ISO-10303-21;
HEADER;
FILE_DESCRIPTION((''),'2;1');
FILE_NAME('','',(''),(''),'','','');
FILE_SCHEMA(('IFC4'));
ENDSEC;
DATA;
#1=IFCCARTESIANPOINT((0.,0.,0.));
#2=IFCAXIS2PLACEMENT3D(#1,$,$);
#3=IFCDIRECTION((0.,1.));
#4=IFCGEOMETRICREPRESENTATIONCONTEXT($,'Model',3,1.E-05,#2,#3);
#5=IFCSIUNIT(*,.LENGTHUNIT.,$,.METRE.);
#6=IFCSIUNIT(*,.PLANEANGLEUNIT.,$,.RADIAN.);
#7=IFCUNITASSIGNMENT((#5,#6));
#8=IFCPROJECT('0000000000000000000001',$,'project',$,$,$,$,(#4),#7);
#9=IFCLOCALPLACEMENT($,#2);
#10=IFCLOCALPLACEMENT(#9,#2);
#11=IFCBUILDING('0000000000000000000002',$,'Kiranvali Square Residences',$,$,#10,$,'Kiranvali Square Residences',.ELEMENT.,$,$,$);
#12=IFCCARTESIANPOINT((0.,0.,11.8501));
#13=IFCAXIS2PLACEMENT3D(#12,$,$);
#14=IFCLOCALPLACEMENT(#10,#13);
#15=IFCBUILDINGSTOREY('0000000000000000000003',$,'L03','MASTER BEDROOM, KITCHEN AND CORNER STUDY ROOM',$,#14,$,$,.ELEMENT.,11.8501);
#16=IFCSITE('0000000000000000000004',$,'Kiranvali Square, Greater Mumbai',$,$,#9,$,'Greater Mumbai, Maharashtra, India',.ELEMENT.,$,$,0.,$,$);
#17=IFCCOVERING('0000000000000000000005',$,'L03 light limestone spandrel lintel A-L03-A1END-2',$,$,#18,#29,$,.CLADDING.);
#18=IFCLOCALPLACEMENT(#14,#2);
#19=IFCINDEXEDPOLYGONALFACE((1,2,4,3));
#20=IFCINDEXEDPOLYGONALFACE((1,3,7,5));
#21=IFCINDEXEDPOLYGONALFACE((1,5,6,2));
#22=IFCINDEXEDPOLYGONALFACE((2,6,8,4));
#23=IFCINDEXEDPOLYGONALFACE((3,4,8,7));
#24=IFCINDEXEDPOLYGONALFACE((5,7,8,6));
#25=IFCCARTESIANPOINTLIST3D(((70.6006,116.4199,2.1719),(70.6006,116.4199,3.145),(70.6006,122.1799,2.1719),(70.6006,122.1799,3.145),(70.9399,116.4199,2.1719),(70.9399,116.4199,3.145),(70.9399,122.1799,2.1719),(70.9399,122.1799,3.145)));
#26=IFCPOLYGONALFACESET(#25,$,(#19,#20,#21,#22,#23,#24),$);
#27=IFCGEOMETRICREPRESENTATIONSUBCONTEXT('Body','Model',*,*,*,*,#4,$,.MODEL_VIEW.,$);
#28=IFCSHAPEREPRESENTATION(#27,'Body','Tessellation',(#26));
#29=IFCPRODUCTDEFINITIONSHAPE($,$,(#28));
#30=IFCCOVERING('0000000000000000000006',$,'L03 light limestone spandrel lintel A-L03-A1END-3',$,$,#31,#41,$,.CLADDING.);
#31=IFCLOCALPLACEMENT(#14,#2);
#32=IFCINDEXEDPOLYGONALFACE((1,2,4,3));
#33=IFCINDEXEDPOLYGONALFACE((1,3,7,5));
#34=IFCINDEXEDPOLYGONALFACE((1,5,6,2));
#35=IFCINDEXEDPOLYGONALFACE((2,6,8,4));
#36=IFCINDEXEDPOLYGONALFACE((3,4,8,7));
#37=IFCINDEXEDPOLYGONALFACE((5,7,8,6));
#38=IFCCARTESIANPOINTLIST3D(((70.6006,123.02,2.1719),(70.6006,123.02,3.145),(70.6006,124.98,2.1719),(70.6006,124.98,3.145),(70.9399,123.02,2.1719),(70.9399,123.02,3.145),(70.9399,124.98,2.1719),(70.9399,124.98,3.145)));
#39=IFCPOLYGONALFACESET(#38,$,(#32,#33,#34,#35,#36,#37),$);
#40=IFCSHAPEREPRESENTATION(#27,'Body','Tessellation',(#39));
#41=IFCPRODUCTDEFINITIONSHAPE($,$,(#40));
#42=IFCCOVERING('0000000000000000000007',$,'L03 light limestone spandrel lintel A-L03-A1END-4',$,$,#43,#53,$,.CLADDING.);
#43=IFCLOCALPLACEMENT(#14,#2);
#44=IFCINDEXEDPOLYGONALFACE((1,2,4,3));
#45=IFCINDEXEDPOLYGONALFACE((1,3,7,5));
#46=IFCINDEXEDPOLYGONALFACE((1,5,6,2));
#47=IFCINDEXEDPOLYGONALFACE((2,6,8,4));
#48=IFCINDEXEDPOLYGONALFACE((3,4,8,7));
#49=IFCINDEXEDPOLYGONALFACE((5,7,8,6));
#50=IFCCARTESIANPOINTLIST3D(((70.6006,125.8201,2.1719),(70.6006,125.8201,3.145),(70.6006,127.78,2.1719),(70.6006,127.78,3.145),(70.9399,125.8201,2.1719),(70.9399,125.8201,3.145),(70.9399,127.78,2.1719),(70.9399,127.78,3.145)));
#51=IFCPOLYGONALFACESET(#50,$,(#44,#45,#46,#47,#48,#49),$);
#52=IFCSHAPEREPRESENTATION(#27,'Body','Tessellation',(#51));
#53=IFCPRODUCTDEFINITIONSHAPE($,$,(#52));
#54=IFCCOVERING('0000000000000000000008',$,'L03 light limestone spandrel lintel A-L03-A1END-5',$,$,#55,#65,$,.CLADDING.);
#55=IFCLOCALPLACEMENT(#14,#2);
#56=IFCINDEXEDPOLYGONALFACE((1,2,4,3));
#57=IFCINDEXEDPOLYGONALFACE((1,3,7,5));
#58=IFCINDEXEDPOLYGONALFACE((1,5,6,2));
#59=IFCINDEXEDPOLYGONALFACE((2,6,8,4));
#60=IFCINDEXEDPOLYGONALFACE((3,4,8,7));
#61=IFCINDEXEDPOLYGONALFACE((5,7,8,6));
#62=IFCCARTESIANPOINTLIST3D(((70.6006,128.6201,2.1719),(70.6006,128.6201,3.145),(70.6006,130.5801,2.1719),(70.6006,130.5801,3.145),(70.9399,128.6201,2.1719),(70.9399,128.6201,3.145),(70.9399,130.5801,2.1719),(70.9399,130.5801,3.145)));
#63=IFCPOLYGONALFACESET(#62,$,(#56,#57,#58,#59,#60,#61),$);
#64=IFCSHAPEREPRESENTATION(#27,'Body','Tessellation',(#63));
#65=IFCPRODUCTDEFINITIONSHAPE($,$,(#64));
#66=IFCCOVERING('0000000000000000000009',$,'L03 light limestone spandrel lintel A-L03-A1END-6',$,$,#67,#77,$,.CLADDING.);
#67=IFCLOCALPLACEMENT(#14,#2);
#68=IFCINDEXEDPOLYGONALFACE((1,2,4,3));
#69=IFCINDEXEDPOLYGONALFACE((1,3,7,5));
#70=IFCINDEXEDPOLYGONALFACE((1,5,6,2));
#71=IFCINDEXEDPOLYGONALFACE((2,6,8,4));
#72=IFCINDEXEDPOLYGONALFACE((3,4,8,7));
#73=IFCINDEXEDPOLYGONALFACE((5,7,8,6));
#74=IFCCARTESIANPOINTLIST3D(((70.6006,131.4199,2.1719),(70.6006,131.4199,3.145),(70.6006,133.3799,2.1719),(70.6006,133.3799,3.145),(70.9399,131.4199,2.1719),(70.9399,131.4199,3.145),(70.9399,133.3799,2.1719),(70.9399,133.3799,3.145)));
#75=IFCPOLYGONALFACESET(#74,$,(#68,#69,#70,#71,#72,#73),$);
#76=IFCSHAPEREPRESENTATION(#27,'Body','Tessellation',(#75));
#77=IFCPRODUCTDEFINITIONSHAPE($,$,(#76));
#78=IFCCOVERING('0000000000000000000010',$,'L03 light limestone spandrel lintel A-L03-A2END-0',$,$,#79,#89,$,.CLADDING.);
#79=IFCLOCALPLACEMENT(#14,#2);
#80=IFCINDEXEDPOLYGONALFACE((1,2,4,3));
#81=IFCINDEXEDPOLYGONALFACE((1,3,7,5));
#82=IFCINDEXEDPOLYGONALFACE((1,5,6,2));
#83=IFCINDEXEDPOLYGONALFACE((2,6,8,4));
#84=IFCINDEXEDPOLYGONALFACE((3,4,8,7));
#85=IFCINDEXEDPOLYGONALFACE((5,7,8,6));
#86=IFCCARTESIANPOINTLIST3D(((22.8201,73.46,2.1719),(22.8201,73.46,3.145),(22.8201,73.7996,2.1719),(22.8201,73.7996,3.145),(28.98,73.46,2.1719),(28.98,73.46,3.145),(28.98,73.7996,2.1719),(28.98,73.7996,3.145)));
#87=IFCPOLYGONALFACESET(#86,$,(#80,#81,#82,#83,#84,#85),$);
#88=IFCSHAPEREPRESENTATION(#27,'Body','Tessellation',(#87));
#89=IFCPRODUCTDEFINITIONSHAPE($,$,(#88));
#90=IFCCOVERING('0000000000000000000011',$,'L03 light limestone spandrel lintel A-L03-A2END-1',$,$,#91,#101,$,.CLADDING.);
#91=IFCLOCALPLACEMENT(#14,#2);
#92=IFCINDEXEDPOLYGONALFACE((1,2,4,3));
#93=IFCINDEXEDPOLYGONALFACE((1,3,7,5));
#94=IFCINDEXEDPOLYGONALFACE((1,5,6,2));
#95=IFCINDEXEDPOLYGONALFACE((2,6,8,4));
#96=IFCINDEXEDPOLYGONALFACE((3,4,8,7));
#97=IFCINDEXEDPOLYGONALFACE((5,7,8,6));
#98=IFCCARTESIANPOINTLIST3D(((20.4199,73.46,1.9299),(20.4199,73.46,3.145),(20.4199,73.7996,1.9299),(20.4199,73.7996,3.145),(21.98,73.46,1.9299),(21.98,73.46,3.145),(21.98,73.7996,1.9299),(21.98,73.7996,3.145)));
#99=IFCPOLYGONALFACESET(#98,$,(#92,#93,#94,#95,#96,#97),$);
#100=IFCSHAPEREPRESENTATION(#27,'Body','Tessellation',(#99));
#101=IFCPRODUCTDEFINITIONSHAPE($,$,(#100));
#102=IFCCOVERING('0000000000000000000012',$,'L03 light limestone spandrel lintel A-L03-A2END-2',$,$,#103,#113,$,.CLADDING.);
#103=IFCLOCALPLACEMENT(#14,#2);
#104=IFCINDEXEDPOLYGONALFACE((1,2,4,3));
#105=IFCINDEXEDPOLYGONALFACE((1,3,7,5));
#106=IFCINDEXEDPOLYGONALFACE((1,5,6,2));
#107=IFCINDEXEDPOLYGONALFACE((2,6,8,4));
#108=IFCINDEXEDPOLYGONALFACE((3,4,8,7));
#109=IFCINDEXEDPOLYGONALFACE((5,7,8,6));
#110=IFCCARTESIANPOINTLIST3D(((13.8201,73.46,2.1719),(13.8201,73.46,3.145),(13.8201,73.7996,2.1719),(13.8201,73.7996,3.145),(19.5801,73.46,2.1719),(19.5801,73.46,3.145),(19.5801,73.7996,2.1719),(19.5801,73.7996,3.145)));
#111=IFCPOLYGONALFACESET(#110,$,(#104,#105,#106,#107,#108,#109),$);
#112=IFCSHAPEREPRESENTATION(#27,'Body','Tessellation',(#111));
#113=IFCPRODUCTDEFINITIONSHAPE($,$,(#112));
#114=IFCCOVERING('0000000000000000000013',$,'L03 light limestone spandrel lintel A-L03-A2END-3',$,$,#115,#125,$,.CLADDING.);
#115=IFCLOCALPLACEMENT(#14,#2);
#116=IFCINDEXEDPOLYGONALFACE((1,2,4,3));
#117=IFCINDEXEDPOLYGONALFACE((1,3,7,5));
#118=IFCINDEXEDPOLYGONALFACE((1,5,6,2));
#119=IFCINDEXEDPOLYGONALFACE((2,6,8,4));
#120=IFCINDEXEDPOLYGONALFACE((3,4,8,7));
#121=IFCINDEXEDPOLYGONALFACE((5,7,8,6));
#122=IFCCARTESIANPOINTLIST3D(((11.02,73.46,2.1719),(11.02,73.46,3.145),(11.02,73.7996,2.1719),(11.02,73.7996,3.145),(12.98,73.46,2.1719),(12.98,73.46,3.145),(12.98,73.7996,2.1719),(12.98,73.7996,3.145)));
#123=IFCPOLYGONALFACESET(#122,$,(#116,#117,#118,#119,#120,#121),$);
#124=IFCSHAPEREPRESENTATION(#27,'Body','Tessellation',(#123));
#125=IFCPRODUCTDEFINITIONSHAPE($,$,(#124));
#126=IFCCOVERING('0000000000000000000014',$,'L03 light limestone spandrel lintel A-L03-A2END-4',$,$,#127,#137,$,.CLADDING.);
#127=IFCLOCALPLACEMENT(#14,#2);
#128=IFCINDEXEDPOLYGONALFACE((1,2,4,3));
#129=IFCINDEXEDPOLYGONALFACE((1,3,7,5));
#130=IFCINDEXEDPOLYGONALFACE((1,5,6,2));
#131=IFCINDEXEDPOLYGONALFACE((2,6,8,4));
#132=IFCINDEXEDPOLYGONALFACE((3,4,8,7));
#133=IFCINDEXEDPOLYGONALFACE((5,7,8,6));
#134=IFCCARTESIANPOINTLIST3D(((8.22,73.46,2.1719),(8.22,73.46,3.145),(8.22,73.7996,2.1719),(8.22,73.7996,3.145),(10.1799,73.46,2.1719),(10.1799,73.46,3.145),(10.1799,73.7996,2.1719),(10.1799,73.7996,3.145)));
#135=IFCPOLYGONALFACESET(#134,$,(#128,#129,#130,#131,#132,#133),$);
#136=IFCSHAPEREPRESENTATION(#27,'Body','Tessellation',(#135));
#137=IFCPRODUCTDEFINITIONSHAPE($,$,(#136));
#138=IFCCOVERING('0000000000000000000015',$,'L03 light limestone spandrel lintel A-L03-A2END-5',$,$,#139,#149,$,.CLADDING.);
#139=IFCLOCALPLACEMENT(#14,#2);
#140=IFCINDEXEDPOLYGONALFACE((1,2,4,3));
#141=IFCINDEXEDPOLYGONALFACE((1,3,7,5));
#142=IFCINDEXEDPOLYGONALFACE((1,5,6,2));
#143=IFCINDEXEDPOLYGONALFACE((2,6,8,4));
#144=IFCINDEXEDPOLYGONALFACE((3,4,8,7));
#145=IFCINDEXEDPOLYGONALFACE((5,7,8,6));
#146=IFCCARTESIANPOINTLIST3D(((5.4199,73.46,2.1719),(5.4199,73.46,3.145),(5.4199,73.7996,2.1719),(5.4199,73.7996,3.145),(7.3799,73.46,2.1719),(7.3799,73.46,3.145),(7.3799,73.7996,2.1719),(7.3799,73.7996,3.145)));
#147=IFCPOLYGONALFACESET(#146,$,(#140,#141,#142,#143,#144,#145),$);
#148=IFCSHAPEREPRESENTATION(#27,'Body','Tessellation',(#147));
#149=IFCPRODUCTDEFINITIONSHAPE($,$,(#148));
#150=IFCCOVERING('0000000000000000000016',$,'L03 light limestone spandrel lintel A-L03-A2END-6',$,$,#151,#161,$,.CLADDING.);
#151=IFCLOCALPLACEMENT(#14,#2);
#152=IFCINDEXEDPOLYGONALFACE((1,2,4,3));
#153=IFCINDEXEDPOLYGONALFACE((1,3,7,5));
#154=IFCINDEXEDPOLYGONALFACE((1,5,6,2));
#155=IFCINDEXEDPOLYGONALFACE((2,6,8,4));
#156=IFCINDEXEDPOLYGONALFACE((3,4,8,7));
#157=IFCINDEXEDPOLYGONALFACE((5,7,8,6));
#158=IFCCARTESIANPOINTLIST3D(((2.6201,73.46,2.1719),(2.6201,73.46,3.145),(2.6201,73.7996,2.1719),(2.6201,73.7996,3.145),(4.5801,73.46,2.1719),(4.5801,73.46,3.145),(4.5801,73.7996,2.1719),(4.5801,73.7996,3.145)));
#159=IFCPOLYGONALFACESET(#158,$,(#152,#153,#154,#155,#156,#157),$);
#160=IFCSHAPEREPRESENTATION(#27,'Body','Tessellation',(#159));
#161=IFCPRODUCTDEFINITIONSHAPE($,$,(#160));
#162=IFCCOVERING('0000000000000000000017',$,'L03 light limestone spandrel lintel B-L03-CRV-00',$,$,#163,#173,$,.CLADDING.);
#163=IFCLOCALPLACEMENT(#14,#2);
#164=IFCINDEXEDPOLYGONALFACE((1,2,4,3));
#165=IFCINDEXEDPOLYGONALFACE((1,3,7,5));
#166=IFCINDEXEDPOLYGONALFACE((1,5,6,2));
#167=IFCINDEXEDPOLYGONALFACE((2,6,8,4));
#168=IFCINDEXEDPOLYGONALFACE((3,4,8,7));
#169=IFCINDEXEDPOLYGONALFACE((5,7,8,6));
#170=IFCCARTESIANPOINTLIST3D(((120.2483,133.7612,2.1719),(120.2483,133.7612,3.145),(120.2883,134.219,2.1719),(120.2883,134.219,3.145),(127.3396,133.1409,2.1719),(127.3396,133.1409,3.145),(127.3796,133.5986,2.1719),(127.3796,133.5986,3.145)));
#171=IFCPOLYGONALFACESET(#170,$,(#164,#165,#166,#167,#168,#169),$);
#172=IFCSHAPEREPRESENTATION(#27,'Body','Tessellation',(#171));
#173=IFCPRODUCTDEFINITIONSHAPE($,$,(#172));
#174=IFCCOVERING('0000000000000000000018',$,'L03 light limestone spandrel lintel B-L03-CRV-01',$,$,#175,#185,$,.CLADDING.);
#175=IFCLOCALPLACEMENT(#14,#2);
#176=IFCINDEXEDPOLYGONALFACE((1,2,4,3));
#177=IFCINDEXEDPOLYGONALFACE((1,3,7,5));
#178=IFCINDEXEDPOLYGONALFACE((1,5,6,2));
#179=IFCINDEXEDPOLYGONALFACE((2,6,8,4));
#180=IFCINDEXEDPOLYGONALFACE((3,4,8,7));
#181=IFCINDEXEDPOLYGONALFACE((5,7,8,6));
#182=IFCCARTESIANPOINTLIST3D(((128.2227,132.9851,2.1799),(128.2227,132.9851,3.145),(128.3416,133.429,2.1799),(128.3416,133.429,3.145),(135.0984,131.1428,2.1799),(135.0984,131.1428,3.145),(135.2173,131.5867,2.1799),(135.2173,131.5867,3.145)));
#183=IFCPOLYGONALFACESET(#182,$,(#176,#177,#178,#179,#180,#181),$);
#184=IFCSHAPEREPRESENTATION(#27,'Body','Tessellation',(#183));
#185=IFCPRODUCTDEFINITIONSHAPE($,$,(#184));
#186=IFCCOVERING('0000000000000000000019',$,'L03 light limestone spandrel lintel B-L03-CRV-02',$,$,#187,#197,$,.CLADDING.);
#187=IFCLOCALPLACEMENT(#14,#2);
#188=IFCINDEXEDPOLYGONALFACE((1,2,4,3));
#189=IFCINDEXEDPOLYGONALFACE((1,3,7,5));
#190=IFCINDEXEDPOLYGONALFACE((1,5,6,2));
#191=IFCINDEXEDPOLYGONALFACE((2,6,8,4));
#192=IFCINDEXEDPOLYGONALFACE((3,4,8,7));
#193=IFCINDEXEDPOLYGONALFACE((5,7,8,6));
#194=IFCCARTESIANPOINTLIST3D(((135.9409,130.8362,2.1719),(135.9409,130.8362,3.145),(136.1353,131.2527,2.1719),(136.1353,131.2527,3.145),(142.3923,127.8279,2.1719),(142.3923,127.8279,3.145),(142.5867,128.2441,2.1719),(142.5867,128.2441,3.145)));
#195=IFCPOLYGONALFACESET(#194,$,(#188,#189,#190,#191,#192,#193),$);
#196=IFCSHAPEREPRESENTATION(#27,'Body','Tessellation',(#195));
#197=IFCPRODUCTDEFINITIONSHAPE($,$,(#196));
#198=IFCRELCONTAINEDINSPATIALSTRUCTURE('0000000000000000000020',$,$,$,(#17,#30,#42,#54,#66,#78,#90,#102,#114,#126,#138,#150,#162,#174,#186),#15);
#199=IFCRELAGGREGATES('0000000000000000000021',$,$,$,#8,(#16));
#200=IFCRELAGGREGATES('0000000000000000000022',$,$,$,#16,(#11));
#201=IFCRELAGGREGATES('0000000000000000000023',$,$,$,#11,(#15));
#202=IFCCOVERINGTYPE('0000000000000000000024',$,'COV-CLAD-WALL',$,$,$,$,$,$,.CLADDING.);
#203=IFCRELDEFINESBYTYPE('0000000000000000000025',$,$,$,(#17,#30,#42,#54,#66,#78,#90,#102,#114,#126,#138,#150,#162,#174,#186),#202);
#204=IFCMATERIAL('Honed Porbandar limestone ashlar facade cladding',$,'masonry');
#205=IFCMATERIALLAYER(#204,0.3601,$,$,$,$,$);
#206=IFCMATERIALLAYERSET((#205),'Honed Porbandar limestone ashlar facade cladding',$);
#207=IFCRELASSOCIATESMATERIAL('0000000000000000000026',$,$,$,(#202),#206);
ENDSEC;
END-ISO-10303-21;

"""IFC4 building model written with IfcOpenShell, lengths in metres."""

from ifc_helpers import new_model, si_unit, direction, frame, origin, place, context, subcontext, project, spatial, polyline, outline, extrude, material, layer, layer_set, type_object, element, save


model = new_model("IFC4")

# Units and contexts
model_context = context("Model", 3, precision=1e-05, world=origin(), true_north=direction((0.0, 1.0)))
body_context = subcontext(model_context, "Body", "Model", "MODEL_VIEW")
ifc_project = project(units=[si_unit("LENGTHUNIT", "METRE"), si_unit("PLANEANGLEUNIT", "RADIAN")], contexts=[model_context])

# Site, building, storey
site_placement = place(None, origin())
site = spatial("IfcSite", under=ifc_project, at=site_placement, Name="Kiranvali Square, Greater Mumbai", LongName="Greater Mumbai, Maharashtra, India", CompositionType="ELEMENT", RefElevation=0.0)
building_placement = place(site_placement, origin())
building = spatial("IfcBuilding", under=site, at=building_placement, Name="Kiranvali Square Residences", LongName="Kiranvali Square Residences", CompositionType="ELEMENT")
storey_placement = place(building_placement, frame((0.0, 0.0, 11.8501)))
storey = spatial("IfcBuildingStorey", under=building, at=storey_placement, Name="L03", Description="MASTER BEDROOM, KITCHEN AND CORNER STUDY ROOM", CompositionType="ELEMENT", Elevation=11.8501)

# Coverings
ifc_material = material(Name="Honed Porbandar limestone ashlar facade cladding", Category="masonry")
ifc_layer_1 = layer(ifc_material, 0.3601)
ifc_layer_set_1 = layer_set([ifc_layer_1], Name="Honed Porbandar limestone ashlar facade cladding")
covering_type_1 = type_object("IfcCoveringType", Name="COV-CLAD-WALL", PredefinedType="CLADDING", material=ifc_layer_set_1)
covering_1_placement = place(storey_placement, frame((0.0, 0.0, 2.1719)))
element("IfcCovering", 1, at=covering_1_placement, inside=storey, type_object=covering_type_1, Name="L03 light limestone spandrel lintel A-L03-A1END-2", PredefinedType="CLADDING", context=body_context, shape_type="SweptSolid", body=[
    extrude(outline(polyline([(70.9399, 116.4199), (70.9399, 122.1799), (70.6006, 122.1799), (70.6006, 116.4199), (70.9399, 116.4199)])), origin(), (0.0, 0.0, 1.0), 0.9731),
])
covering_2_placement = place(storey_placement, frame((0.0, 0.0, 2.1719)))
element("IfcCovering", 2, at=covering_2_placement, inside=storey, type_object=covering_type_1, Name="L03 light limestone spandrel lintel A-L03-A1END-3", PredefinedType="CLADDING", context=body_context, shape_type="SweptSolid", body=[
    extrude(outline(polyline([(70.9399, 123.02), (70.9399, 124.98), (70.6006, 124.98), (70.6006, 123.02), (70.9399, 123.02)])), origin(), (0.0, 0.0, 1.0), 0.9731),
])
covering_3_placement = place(storey_placement, frame((0.0, 0.0, 2.1719)))
element("IfcCovering", 3, at=covering_3_placement, inside=storey, type_object=covering_type_1, Name="L03 light limestone spandrel lintel A-L03-A1END-4", PredefinedType="CLADDING", context=body_context, shape_type="SweptSolid", body=[
    extrude(outline(polyline([(70.9399, 125.8201), (70.9399, 127.78), (70.6006, 127.78), (70.6006, 125.8201), (70.9399, 125.8201)])), origin(), (0.0, 0.0, 1.0), 0.9731),
])
covering_4_placement = place(storey_placement, frame((0.0, 0.0, 2.1719)))
element("IfcCovering", 4, at=covering_4_placement, inside=storey, type_object=covering_type_1, Name="L03 light limestone spandrel lintel A-L03-A1END-5", PredefinedType="CLADDING", context=body_context, shape_type="SweptSolid", body=[
    extrude(outline(polyline([(70.9399, 128.6201), (70.9399, 130.5801), (70.6006, 130.5801), (70.6006, 128.6201), (70.9399, 128.6201)])), origin(), (0.0, 0.0, 1.0), 0.9731),
])
covering_5_placement = place(storey_placement, frame((0.0, 0.0, 2.1719)))
element("IfcCovering", 5, at=covering_5_placement, inside=storey, type_object=covering_type_1, Name="L03 light limestone spandrel lintel A-L03-A1END-6", PredefinedType="CLADDING", context=body_context, shape_type="SweptSolid", body=[
    extrude(outline(polyline([(70.9399, 131.4199), (70.9399, 133.3799), (70.6006, 133.3799), (70.6006, 131.4199), (70.9399, 131.4199)])), origin(), (0.0, 0.0, 1.0), 0.9731),
])
covering_6_placement = place(storey_placement, frame((0.0, 0.0, 2.1719)))
element("IfcCovering", 6, at=covering_6_placement, inside=storey, type_object=covering_type_1, Name="L03 light limestone spandrel lintel A-L03-A2END-0", PredefinedType="CLADDING", context=body_context, shape_type="SweptSolid", body=[
    extrude(outline(polyline([(28.98, 73.7996), (22.8201, 73.7996), (22.8201, 73.46), (28.98, 73.46), (28.98, 73.7996)])), origin(), (0.0, 0.0, 1.0), 0.9731),
])
covering_7_placement = place(storey_placement, frame((0.0, 0.0, 1.9299)))
element("IfcCovering", 7, at=covering_7_placement, inside=storey, type_object=covering_type_1, Name="L03 light limestone spandrel lintel A-L03-A2END-1", PredefinedType="CLADDING", context=body_context, shape_type="SweptSolid", body=[
    extrude(outline(polyline([(21.98, 73.7996), (20.4199, 73.7996), (20.4199, 73.46), (21.98, 73.46), (21.98, 73.7996)])), origin(), (0.0, 0.0, 1.0), 1.2151),
])
covering_8_placement = place(storey_placement, frame((0.0, 0.0, 2.1719)))
element("IfcCovering", 8, at=covering_8_placement, inside=storey, type_object=covering_type_1, Name="L03 light limestone spandrel lintel A-L03-A2END-2", PredefinedType="CLADDING", context=body_context, shape_type="SweptSolid", body=[
    extrude(outline(polyline([(19.5801, 73.7996), (13.8201, 73.7996), (13.8201, 73.46), (19.5801, 73.46), (19.5801, 73.7996)])), origin(), (0.0, 0.0, 1.0), 0.9731),
])
covering_9_placement = place(storey_placement, frame((0.0, 0.0, 2.1719)))
element("IfcCovering", 9, at=covering_9_placement, inside=storey, type_object=covering_type_1, Name="L03 light limestone spandrel lintel A-L03-A2END-3", PredefinedType="CLADDING", context=body_context, shape_type="SweptSolid", body=[
    extrude(outline(polyline([(12.98, 73.7996), (11.02, 73.7996), (11.02, 73.46), (12.98, 73.46), (12.98, 73.7996)])), origin(), (0.0, 0.0, 1.0), 0.9731),
])
covering_10_placement = place(storey_placement, frame((0.0, 0.0, 2.1719)))
element("IfcCovering", 10, at=covering_10_placement, inside=storey, type_object=covering_type_1, Name="L03 light limestone spandrel lintel A-L03-A2END-4", PredefinedType="CLADDING", context=body_context, shape_type="SweptSolid", body=[
    extrude(outline(polyline([(10.1799, 73.7996), (8.22, 73.7996), (8.22, 73.46), (10.1799, 73.46), (10.1799, 73.7996)])), origin(), (0.0, 0.0, 1.0), 0.9731),
])
covering_11_placement = place(storey_placement, frame((0.0, 0.0, 2.1719)))
element("IfcCovering", 11, at=covering_11_placement, inside=storey, type_object=covering_type_1, Name="L03 light limestone spandrel lintel A-L03-A2END-5", PredefinedType="CLADDING", context=body_context, shape_type="SweptSolid", body=[
    extrude(outline(polyline([(7.3799, 73.7996), (5.4199, 73.7996), (5.4199, 73.46), (7.3799, 73.46), (7.3799, 73.7996)])), origin(), (0.0, 0.0, 1.0), 0.9731),
])
covering_12_placement = place(storey_placement, frame((0.0, 0.0, 2.1719)))
element("IfcCovering", 12, at=covering_12_placement, inside=storey, type_object=covering_type_1, Name="L03 light limestone spandrel lintel A-L03-A2END-6", PredefinedType="CLADDING", context=body_context, shape_type="SweptSolid", body=[
    extrude(outline(polyline([(4.5801, 73.7996), (2.6201, 73.7996), (2.6201, 73.46), (4.5801, 73.46), (4.5801, 73.7996)])), origin(), (0.0, 0.0, 1.0), 0.9731),
])
covering_13_placement = place(storey_placement, frame((0.0, 0.0, 2.1719)))
element("IfcCovering", 13, at=covering_13_placement, inside=storey, type_object=covering_type_1, Name="L03 light limestone spandrel lintel B-L03-CRV-00", PredefinedType="CLADDING", context=body_context, shape_type="SweptSolid", body=[
    extrude(outline(polyline([(120.2483, 133.7612), (127.3396, 133.1409), (127.3796, 133.5986), (120.2883, 134.219), (120.2483, 133.7612)])), origin(), (0.0, 0.0, 1.0), 0.9731),
])
covering_14_placement = place(storey_placement, frame((0.0, 0.0, 2.1799)))
element("IfcCovering", 14, at=covering_14_placement, inside=storey, type_object=covering_type_1, Name="L03 light limestone spandrel lintel B-L03-CRV-01", PredefinedType="CLADDING", context=body_context, shape_type="SweptSolid", body=[
    extrude(outline(polyline([(128.2227, 132.9851), (135.0984, 131.1428), (135.2173, 131.5867), (128.3416, 133.429), (128.2227, 132.9851)])), origin(), (0.0, 0.0, 1.0), 0.9651),
])
covering_15_placement = place(storey_placement, frame((0.0, 0.0, 2.1719)))
element("IfcCovering", 15, at=covering_15_placement, inside=storey, type_object=covering_type_1, Name="L03 light limestone spandrel lintel B-L03-CRV-02", PredefinedType="CLADDING", context=body_context, shape_type="SweptSolid", body=[
    extrude(outline(polyline([(135.9409, 130.8362), (142.3923, 127.8279), (142.5867, 128.2441), (136.1353, 131.2527), (135.9409, 130.8362)])), origin(), (0.0, 0.0, 1.0), 0.9731),
])

save(model, "model.ifc")
